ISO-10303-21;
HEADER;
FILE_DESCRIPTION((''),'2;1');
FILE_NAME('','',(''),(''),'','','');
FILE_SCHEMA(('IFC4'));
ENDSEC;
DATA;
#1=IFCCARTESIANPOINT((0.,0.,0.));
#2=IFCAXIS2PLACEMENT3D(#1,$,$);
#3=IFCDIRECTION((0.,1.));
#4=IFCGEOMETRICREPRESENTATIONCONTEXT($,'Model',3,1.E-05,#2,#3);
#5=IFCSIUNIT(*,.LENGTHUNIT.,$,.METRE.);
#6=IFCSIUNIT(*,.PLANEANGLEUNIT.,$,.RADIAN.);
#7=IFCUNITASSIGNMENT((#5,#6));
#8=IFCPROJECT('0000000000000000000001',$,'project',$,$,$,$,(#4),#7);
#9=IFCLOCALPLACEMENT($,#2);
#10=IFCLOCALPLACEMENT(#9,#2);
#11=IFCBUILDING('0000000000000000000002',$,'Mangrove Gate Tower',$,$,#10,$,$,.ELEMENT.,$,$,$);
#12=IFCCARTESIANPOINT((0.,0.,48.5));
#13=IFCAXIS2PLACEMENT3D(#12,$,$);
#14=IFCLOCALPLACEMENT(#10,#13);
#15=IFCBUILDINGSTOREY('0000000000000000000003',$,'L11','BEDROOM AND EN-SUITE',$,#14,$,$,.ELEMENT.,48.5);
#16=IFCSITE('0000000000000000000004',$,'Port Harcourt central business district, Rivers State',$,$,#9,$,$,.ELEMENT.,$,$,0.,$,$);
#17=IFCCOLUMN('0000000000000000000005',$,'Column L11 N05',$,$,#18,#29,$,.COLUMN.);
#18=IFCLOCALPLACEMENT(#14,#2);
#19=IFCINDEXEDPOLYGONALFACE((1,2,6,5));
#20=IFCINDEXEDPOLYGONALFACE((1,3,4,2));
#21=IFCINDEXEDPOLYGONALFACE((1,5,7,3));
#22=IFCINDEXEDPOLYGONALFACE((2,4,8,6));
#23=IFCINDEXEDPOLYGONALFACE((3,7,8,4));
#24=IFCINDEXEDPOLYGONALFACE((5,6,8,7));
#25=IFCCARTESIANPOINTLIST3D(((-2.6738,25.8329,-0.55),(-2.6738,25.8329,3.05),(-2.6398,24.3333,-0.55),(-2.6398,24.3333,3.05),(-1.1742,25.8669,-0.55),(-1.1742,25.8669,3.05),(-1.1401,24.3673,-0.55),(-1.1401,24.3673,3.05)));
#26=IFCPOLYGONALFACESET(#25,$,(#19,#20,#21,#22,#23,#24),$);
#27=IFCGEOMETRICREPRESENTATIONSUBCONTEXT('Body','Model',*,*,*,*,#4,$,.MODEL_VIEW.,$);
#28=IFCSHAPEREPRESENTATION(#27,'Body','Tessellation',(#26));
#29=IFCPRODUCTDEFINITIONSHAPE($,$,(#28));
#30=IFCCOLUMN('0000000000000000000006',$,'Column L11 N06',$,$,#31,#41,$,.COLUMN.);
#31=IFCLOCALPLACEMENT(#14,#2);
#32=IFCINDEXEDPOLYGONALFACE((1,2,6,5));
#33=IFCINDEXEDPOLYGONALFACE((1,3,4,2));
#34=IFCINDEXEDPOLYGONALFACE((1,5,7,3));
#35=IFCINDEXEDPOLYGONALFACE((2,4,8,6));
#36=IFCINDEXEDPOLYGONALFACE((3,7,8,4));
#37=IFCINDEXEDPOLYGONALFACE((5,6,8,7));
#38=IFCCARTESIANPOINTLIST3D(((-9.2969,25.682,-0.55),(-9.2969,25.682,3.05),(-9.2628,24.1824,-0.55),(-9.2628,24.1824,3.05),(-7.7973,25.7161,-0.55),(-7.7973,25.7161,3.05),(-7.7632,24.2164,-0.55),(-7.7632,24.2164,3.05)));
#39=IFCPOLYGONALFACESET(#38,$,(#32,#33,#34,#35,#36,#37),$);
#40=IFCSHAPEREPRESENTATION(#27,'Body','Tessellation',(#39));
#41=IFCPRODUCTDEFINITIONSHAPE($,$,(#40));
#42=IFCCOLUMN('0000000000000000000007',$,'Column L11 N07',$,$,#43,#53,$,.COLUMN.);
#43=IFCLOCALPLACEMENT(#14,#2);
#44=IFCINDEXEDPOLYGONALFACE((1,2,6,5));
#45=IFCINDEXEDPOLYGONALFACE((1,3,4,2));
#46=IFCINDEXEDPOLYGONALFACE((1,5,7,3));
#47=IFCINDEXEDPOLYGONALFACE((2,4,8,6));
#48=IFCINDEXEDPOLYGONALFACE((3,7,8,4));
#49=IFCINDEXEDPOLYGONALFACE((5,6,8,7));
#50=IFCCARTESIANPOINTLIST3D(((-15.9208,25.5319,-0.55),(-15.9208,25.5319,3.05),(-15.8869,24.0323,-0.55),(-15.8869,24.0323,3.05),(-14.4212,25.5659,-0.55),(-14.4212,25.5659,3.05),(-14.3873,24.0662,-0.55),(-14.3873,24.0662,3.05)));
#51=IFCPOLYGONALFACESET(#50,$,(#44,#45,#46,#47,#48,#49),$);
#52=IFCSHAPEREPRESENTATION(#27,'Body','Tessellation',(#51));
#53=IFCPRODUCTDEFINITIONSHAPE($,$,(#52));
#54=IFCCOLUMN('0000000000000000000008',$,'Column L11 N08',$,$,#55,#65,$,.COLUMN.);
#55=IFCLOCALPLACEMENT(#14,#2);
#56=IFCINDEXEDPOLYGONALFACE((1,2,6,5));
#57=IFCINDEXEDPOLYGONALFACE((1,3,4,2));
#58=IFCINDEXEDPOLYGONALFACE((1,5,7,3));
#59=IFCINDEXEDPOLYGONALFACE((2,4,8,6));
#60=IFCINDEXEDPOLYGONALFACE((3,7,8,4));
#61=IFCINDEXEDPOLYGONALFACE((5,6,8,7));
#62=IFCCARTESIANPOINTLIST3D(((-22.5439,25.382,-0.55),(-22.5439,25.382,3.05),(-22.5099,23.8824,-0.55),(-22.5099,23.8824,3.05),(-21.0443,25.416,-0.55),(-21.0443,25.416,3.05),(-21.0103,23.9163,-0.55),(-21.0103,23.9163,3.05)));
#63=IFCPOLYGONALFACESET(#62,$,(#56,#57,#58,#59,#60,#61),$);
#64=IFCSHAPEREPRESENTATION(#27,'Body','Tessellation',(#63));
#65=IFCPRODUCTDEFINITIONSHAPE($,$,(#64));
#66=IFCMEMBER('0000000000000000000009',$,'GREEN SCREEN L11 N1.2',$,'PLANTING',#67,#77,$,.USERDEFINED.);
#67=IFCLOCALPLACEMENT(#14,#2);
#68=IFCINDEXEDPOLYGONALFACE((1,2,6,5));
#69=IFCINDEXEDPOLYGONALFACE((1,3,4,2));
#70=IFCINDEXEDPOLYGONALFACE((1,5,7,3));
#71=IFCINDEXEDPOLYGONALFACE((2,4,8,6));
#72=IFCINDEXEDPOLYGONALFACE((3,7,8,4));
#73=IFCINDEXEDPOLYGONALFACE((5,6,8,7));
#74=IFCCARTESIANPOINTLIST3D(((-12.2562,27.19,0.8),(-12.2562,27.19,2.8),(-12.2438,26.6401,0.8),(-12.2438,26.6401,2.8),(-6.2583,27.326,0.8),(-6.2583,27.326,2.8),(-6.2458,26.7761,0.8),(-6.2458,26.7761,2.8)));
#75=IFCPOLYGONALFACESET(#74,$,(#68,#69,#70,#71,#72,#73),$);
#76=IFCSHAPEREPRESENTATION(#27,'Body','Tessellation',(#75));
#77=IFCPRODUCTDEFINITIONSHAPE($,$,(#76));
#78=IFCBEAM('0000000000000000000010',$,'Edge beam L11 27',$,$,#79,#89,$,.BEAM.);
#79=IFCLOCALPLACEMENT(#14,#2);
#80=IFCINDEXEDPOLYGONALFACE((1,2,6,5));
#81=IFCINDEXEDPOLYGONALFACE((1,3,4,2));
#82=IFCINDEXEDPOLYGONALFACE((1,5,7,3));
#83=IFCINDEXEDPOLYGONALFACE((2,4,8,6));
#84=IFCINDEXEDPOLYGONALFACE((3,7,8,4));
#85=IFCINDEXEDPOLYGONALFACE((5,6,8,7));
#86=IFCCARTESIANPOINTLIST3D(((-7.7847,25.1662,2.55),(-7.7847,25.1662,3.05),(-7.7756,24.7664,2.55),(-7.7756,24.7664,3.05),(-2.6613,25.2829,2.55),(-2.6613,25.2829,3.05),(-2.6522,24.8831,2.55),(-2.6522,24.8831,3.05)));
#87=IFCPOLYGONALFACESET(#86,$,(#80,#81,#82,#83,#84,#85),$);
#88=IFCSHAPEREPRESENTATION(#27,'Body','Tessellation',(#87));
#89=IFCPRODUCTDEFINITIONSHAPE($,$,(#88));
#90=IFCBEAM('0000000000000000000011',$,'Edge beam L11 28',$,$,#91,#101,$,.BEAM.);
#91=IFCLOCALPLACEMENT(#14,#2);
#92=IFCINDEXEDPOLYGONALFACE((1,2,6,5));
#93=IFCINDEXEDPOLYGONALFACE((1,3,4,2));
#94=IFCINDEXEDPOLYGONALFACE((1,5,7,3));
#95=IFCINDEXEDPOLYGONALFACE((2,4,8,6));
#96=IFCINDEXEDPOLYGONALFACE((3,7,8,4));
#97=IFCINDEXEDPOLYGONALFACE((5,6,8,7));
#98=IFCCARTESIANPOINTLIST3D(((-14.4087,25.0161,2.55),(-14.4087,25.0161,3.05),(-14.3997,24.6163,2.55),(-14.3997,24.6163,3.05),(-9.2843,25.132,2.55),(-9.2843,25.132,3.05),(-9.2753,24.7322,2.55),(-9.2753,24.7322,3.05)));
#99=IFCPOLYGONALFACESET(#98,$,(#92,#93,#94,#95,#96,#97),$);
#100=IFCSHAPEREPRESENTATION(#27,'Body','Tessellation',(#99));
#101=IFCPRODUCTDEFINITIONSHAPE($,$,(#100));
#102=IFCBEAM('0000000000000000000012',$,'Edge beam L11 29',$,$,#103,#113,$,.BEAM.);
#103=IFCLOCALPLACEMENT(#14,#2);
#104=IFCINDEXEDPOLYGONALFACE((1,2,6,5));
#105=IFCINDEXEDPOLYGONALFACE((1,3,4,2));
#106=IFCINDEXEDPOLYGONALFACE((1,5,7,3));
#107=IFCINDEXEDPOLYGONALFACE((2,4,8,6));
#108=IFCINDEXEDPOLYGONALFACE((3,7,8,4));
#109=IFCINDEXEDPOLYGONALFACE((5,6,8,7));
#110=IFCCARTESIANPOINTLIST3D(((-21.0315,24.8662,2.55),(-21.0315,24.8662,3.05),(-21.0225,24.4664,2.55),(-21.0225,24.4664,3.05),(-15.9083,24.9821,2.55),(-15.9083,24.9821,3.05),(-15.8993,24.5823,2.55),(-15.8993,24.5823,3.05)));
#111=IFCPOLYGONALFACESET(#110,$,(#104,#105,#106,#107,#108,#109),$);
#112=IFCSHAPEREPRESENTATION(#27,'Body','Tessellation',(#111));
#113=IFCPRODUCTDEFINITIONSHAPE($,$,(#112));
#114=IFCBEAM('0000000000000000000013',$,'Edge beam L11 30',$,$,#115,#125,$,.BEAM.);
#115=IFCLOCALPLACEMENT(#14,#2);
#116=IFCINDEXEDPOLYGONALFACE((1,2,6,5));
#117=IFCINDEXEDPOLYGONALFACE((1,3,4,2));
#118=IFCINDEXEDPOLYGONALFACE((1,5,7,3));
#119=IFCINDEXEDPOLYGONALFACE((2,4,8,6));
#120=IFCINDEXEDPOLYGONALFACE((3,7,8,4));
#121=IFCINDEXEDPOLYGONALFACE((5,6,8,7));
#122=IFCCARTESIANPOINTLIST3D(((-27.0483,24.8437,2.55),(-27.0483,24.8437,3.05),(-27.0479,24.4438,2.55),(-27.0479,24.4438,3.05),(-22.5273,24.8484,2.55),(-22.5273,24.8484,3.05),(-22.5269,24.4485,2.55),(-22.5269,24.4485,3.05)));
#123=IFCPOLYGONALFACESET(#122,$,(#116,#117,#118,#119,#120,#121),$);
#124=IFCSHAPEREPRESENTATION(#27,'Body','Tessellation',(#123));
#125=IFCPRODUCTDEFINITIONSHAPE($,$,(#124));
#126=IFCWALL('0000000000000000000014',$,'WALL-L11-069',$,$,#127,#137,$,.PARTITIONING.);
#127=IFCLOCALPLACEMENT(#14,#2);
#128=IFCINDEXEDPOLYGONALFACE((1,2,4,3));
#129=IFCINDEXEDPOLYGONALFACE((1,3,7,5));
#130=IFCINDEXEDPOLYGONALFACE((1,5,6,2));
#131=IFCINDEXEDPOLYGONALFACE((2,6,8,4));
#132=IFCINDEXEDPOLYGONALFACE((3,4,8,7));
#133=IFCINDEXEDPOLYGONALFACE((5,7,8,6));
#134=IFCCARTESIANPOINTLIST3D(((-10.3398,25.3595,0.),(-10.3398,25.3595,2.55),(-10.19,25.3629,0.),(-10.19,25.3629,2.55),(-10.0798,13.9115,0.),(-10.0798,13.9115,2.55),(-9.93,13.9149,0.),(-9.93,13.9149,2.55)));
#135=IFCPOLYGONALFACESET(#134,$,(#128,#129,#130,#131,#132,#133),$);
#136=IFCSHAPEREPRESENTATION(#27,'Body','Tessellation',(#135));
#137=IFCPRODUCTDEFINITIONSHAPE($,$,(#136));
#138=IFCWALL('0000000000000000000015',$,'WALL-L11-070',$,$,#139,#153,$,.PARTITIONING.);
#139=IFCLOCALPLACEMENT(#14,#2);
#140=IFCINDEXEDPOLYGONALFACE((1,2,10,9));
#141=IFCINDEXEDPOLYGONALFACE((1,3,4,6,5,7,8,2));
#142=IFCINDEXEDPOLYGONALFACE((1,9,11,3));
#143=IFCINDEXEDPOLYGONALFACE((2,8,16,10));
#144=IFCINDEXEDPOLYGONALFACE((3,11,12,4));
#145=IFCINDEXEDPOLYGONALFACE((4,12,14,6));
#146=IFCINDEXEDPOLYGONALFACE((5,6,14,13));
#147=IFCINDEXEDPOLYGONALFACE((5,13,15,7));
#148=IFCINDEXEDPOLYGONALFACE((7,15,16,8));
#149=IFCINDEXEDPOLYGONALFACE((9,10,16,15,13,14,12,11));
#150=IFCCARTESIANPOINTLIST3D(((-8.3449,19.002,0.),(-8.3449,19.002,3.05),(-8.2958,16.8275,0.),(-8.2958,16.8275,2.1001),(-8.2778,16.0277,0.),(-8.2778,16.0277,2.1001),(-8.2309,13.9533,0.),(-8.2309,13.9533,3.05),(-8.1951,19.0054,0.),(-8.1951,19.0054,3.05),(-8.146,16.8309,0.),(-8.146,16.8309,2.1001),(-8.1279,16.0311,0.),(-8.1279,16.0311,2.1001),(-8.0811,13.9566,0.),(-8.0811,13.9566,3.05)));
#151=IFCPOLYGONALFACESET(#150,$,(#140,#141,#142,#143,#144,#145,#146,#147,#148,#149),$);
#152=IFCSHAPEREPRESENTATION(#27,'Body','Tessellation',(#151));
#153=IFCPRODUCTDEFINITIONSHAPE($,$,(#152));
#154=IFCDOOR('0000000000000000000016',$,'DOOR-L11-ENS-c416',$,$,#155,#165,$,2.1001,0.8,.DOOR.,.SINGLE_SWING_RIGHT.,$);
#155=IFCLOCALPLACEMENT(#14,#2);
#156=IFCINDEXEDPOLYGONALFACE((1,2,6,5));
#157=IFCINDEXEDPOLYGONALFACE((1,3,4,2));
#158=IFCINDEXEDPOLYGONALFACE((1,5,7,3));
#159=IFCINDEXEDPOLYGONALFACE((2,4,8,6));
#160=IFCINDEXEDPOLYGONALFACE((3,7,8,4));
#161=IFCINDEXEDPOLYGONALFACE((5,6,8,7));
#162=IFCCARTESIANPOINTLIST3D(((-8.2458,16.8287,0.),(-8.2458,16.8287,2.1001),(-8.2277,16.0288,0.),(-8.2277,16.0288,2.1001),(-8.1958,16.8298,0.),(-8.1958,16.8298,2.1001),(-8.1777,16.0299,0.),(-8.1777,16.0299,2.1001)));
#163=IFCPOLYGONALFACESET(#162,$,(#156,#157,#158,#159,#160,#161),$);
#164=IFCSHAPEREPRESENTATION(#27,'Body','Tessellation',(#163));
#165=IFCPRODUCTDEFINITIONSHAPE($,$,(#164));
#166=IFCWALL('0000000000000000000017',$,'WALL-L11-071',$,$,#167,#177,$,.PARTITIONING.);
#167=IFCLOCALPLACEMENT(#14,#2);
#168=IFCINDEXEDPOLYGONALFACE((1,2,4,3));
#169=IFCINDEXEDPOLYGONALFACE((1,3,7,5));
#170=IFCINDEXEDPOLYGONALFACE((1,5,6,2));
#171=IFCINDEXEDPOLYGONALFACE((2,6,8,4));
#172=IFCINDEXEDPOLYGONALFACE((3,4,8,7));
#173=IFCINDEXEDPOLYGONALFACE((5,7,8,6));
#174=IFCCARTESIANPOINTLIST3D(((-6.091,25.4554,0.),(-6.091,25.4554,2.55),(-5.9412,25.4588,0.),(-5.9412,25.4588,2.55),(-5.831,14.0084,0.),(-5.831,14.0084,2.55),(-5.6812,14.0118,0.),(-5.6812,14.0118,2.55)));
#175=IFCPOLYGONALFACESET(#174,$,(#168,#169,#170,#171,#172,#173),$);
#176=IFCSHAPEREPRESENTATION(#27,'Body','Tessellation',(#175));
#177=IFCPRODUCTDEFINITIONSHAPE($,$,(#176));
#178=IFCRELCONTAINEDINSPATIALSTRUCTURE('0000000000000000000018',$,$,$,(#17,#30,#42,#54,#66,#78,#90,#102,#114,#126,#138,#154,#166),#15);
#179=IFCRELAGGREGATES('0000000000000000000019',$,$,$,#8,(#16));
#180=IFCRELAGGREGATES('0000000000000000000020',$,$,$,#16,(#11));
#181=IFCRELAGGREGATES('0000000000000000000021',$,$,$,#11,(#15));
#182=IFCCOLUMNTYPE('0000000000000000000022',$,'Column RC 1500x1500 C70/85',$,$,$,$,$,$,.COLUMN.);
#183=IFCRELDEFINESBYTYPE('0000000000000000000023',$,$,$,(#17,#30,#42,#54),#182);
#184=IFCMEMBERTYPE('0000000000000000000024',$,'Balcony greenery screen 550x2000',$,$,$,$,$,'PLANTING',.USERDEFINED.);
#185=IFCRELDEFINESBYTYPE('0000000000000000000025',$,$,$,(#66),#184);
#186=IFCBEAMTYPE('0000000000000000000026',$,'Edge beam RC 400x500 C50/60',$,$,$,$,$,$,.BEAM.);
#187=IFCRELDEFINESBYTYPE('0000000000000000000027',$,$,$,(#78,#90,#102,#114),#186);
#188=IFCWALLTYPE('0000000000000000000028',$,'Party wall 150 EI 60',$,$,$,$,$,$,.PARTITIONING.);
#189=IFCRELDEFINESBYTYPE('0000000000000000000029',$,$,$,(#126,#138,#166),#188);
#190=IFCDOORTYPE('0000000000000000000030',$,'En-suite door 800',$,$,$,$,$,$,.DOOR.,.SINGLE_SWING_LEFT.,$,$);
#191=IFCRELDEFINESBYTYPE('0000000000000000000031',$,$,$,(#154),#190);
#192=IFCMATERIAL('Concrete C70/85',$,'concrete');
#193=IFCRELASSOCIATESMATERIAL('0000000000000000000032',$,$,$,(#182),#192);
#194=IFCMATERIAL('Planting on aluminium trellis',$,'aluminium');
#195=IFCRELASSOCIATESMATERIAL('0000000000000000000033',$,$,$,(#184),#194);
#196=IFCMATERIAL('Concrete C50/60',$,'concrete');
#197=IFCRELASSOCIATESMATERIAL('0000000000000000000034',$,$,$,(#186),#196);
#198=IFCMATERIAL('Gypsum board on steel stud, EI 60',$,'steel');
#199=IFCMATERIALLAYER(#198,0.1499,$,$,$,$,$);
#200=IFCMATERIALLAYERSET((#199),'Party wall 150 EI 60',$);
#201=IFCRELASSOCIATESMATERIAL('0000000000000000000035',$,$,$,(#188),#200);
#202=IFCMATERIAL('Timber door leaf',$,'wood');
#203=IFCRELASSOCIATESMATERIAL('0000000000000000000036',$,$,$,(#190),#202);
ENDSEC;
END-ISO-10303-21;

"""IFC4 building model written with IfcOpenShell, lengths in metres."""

from ifc_helpers import new_model, si_unit, direction, frame, frame_2d, origin, origin_2d, place, context, subcontext, project, spatial, rectangle, extrude, material, layer, layer_set, material_profile, profile_set, type_object, element, fill, save


model = new_model("IFC4")

# Units and contexts
model_context = context("Model", 3, precision=1e-05, world=origin(), true_north=direction((0.0, 1.0)))
body_context = subcontext(model_context, "Body", "Model", "MODEL_VIEW")
ifc_project = project(units=[si_unit("LENGTHUNIT", "METRE"), si_unit("PLANEANGLEUNIT", "RADIAN")], contexts=[model_context])

# Site, building, storey
site_placement = place(None, origin())
site = spatial("IfcSite", under=ifc_project, at=site_placement, Name="Port Harcourt central business district, Rivers State", CompositionType="ELEMENT", RefElevation=0.0)
building_placement = place(site_placement, origin())
building = spatial("IfcBuilding", under=site, at=building_placement, Name="Mangrove Gate Tower", CompositionType="ELEMENT")
storey_placement = place(building_placement, frame((0.0, 0.0, 48.5)))
storey = spatial("IfcBuildingStorey", under=building, at=storey_placement, Name="L11", Description="BEDROOM AND EN-SUITE", CompositionType="ELEMENT", Elevation=48.5)

# Columns
ifc_material_1 = material(Name="Concrete C70/85", Category="concrete")
ifc_material_profile_1 = material_profile(ifc_material_1, rectangle(XDim=1.5, YDim=1.5, at=origin_2d()))
ifc_profile_set_1 = profile_set([ifc_material_profile_1], Name="Concrete C70/85")
column_type = type_object("IfcColumnType", Name="Column RC 1500x1500 C70/85", PredefinedType="COLUMN", material=ifc_profile_set_1)
for number, where, z_axis, x_axis, name in (
    (1, (-1.907, 25.1001, -0.55), (0.0, 0.0, 1.0), (-0.999742, -0.022718, 0.0), "Column L11 N05"),
    (2, (-8.53, 24.9492, -0.55), (0.0, 0.0, 1.0), (-0.999742, -0.022716, 0.0), "Column L11 N06"),
    (3, (-15.1541, 24.7991, -0.55), (0.0, 0.0, 1.0), (-0.999744, -0.022641, 0.0), "Column L11 N07"),
    (4, (-21.7771, 24.6492, -0.55), (0.0, 0.0, 1.0), (-0.999744, -0.022643, 0.0), "Column L11 N08"),
):
    element("IfcColumn", number, at=place(storey_placement, frame(where, z_axis=z_axis, x_axis=x_axis)), inside=storey, type_object=column_type, Name=name, PredefinedType="COLUMN", context=body_context, shape_type="SweptSolid", body=[
        extrude(rectangle(XDim=1.5, YDim=1.5, at=origin_2d()), origin(), (0.0, 0.0, 1.0), 3.6001),
    ])

# Member
ifc_material_2 = material(Name="Planting on aluminium trellis", Category="aluminium")
ifc_material_profile_2 = material_profile(ifc_material_2, rectangle(XDim=0.55, YDim=2.0, at=origin_2d()))
ifc_profile_set_2 = profile_set([ifc_material_profile_2], Name="Planting on aluminium trellis")
member_type = type_object("IfcMemberType", Name="Balcony greenery screen 550x2000", ElementType="PLANTING", PredefinedType="USERDEFINED", material=ifc_profile_set_2)
member_placement = place(storey_placement, frame((-12.25, 26.915, 1.8), z_axis=(0.999743, 0.022666, 0.0), x_axis=(-0.022666, 0.999743, 0.0)))
element("IfcMember", 5, at=member_placement, inside=storey, type_object=member_type, Name="GREEN SCREEN L11 N1.2", ObjectType="PLANTING", PredefinedType="USERDEFINED", context=body_context, shape_type="SweptSolid", body=[
    extrude(rectangle(XDim=0.55, YDim=2.0, at=origin_2d()), origin(), (0.0, 0.0, 1.0), 5.9995),
])

# Beams
ifc_material_3 = material(Name="Concrete C50/60", Category="concrete")
ifc_material_profile_3 = material_profile(ifc_material_3, rectangle(XDim=0.3999, YDim=0.5, at=origin_2d()))
ifc_profile_set_3 = profile_set([ifc_material_profile_3], Name="Concrete C50/60")
beam_type = type_object("IfcBeamType", Name="Edge beam RC 400x500 C50/60", PredefinedType="BEAM", material=ifc_profile_set_3)
beam_1_placement = place(storey_placement, frame((-2.6567, 25.083, 2.8), z_axis=(-0.999741, -0.022771, 0.0), x_axis=(0.022771, -0.999741, 0.0)))
element("IfcBeam", 6, at=beam_1_placement, inside=storey, type_object=beam_type, Name="Edge beam L11 27", PredefinedType="BEAM", context=body_context, shape_type="SweptSolid", body=[
    extrude(rectangle(XDim=0.3999, YDim=0.5, at=origin_2d()), origin(), (0.0, 0.0, 1.0), 5.1248),
])
beam_2_placement = place(storey_placement, frame((-9.2798, 24.9321, 2.8), z_axis=(-0.999744, -0.022624, 0.0), x_axis=(0.022624, -0.999744, 0.0)))
element("IfcBeam", 7, at=beam_2_placement, inside=storey, type_object=beam_type, Name="Edge beam L11 28", PredefinedType="BEAM", context=body_context, shape_type="SweptSolid", body=[
    extrude(rectangle(XDim=0.3999, YDim=0.5, at=origin_2d()), origin(), (0.0, 0.0, 1.0), 5.1257),
])
beam_3_placement = place(storey_placement, frame((-15.9038, 24.7822, 2.8), z_axis=(-0.999744, -0.022629, 0.0), x_axis=(0.022629, -0.999744, 0.0)))
element("IfcBeam", 8, at=beam_3_placement, inside=storey, type_object=beam_type, Name="Edge beam L11 29", PredefinedType="BEAM", context=body_context, shape_type="SweptSolid", body=[
    extrude(rectangle(XDim=0.3999, YDim=0.5, at=origin_2d()), origin(), (0.0, 0.0, 1.0), 5.1245),
])
beam_4_placement = place(storey_placement, frame((-22.5271, 24.6484, 2.8), z_axis=(-0.999999, -0.001026, 0.0), x_axis=(0.001026, -0.999999, 0.0)))
element("IfcBeam", 9, at=beam_4_placement, inside=storey, type_object=beam_type, Name="Edge beam L11 30", PredefinedType="BEAM", context=body_context, shape_type="SweptSolid", body=[
    extrude(rectangle(XDim=0.3999, YDim=0.5, at=origin_2d()), origin(), (0.0, 0.0, 1.0), 4.521),
])

# Wall
ifc_material_4 = material(Name="Gypsum board on steel stud, EI 60", Category="steel")
ifc_layer_1 = layer(ifc_material_4, 0.1499)
ifc_layer_set_1 = layer_set([ifc_layer_1], Name="Party wall 150 EI 60")
wall_type_1 = type_object("IfcWallType", Name="Party wall 150 EI 60", PredefinedType="PARTITIONING", material=ifc_layer_set_1)
wall_1_placement = place(storey_placement, frame((-10.0049, 13.9131, 0.0), z_axis=(0.0, 0.0, 1.0), x_axis=(-0.022706, 0.999742, 0.0)))
element("IfcWall", 10, at=wall_1_placement, inside=storey, type_object=wall_type_1, Name="WALL-L11-069", PredefinedType="PARTITIONING", context=body_context, shape_type="SweptSolid", body=[
    extrude(rectangle(XDim=11.4509, YDim=0.1499, at=frame_2d((5.7256, 0.0))), origin(), (0.0, 0.0, 1.0), 2.55),
])

# Wall, opening, door
wall_2_placement = place(storey_placement, frame((-8.156, 13.9551, 0.0), z_axis=(0.0, 0.0, 1.0), x_axis=(-0.022576, 0.999745, 0.0)))
wall_2 = element("IfcWall", 11, at=wall_2_placement, inside=storey, type_object=wall_type_1, Name="WALL-L11-070", PredefinedType="PARTITIONING", context=body_context, shape_type="SweptSolid", body=[
    extrude(rectangle(XDim=5.05, YDim=0.1499, at=frame_2d((2.5249, 0.0))), origin(), (0.0, 0.0, 1.0), 3.05),
])
opening_1_placement = place(wall_2_placement, frame((2.075, 0.0, 0.0)))
opening_1 = element("IfcOpeningElement", 12, at=opening_1_placement, cuts=wall_2, PredefinedType="OPENING", context=body_context, shape_type="SweptSolid", body=[
    extrude(rectangle(XDim=0.8, YDim=2.1001, at=frame_2d((0.3999, 1.05))), frame((0.0, 0.085, 0.0), z_axis=(0.0, -1.0, 0.0), x_axis=(1.0, 0.0, 0.0)), (0.0, 0.0, 1.0), 0.1699),
])
ifc_material_5 = material(Name="Timber door leaf", Category="wood")
door_type = type_object("IfcDoorType", Name="En-suite door 800", OperationType="SINGLE_SWING_LEFT", PredefinedType="DOOR", material=ifc_material_5)
door_1_placement = place(opening_1_placement, origin())
door_1 = element("IfcDoor", 13, at=door_1_placement, inside=storey, type_object=door_type, Name="DOOR-L11-ENS-c416", OperationType="SINGLE_SWING_RIGHT", OverallHeight=2.1001, OverallWidth=0.8, PredefinedType="DOOR", context=body_context, shape_type="SweptSolid", body=[
    extrude(rectangle(XDim=0.8, YDim=2.1001, at=frame_2d((0.3999, 1.05))), frame((0.0, 0.0249, 0.0), z_axis=(0.0, -1.0, 0.0), x_axis=(1.0, 0.0, 0.0)), (0.0, 0.0, 1.0), 0.05),
])
fill(opening_1, door_1)

# Wall
wall_3_placement = place(storey_placement, frame((-5.7561, 14.01, 0.0), z_axis=(0.0, 0.0, 1.0), x_axis=(-0.022708, 0.999742, 0.0)))
element("IfcWall", 14, at=wall_3_placement, inside=storey, type_object=wall_type_1, Name="WALL-L11-071", PredefinedType="PARTITIONING", context=body_context, shape_type="SweptSolid", body=[
    extrude(rectangle(XDim=11.45, YDim=0.1499, at=frame_2d((5.7251, 0.0))), origin(), (0.0, 0.0, 1.0), 2.55),
])

save(model, "model.ifc")
